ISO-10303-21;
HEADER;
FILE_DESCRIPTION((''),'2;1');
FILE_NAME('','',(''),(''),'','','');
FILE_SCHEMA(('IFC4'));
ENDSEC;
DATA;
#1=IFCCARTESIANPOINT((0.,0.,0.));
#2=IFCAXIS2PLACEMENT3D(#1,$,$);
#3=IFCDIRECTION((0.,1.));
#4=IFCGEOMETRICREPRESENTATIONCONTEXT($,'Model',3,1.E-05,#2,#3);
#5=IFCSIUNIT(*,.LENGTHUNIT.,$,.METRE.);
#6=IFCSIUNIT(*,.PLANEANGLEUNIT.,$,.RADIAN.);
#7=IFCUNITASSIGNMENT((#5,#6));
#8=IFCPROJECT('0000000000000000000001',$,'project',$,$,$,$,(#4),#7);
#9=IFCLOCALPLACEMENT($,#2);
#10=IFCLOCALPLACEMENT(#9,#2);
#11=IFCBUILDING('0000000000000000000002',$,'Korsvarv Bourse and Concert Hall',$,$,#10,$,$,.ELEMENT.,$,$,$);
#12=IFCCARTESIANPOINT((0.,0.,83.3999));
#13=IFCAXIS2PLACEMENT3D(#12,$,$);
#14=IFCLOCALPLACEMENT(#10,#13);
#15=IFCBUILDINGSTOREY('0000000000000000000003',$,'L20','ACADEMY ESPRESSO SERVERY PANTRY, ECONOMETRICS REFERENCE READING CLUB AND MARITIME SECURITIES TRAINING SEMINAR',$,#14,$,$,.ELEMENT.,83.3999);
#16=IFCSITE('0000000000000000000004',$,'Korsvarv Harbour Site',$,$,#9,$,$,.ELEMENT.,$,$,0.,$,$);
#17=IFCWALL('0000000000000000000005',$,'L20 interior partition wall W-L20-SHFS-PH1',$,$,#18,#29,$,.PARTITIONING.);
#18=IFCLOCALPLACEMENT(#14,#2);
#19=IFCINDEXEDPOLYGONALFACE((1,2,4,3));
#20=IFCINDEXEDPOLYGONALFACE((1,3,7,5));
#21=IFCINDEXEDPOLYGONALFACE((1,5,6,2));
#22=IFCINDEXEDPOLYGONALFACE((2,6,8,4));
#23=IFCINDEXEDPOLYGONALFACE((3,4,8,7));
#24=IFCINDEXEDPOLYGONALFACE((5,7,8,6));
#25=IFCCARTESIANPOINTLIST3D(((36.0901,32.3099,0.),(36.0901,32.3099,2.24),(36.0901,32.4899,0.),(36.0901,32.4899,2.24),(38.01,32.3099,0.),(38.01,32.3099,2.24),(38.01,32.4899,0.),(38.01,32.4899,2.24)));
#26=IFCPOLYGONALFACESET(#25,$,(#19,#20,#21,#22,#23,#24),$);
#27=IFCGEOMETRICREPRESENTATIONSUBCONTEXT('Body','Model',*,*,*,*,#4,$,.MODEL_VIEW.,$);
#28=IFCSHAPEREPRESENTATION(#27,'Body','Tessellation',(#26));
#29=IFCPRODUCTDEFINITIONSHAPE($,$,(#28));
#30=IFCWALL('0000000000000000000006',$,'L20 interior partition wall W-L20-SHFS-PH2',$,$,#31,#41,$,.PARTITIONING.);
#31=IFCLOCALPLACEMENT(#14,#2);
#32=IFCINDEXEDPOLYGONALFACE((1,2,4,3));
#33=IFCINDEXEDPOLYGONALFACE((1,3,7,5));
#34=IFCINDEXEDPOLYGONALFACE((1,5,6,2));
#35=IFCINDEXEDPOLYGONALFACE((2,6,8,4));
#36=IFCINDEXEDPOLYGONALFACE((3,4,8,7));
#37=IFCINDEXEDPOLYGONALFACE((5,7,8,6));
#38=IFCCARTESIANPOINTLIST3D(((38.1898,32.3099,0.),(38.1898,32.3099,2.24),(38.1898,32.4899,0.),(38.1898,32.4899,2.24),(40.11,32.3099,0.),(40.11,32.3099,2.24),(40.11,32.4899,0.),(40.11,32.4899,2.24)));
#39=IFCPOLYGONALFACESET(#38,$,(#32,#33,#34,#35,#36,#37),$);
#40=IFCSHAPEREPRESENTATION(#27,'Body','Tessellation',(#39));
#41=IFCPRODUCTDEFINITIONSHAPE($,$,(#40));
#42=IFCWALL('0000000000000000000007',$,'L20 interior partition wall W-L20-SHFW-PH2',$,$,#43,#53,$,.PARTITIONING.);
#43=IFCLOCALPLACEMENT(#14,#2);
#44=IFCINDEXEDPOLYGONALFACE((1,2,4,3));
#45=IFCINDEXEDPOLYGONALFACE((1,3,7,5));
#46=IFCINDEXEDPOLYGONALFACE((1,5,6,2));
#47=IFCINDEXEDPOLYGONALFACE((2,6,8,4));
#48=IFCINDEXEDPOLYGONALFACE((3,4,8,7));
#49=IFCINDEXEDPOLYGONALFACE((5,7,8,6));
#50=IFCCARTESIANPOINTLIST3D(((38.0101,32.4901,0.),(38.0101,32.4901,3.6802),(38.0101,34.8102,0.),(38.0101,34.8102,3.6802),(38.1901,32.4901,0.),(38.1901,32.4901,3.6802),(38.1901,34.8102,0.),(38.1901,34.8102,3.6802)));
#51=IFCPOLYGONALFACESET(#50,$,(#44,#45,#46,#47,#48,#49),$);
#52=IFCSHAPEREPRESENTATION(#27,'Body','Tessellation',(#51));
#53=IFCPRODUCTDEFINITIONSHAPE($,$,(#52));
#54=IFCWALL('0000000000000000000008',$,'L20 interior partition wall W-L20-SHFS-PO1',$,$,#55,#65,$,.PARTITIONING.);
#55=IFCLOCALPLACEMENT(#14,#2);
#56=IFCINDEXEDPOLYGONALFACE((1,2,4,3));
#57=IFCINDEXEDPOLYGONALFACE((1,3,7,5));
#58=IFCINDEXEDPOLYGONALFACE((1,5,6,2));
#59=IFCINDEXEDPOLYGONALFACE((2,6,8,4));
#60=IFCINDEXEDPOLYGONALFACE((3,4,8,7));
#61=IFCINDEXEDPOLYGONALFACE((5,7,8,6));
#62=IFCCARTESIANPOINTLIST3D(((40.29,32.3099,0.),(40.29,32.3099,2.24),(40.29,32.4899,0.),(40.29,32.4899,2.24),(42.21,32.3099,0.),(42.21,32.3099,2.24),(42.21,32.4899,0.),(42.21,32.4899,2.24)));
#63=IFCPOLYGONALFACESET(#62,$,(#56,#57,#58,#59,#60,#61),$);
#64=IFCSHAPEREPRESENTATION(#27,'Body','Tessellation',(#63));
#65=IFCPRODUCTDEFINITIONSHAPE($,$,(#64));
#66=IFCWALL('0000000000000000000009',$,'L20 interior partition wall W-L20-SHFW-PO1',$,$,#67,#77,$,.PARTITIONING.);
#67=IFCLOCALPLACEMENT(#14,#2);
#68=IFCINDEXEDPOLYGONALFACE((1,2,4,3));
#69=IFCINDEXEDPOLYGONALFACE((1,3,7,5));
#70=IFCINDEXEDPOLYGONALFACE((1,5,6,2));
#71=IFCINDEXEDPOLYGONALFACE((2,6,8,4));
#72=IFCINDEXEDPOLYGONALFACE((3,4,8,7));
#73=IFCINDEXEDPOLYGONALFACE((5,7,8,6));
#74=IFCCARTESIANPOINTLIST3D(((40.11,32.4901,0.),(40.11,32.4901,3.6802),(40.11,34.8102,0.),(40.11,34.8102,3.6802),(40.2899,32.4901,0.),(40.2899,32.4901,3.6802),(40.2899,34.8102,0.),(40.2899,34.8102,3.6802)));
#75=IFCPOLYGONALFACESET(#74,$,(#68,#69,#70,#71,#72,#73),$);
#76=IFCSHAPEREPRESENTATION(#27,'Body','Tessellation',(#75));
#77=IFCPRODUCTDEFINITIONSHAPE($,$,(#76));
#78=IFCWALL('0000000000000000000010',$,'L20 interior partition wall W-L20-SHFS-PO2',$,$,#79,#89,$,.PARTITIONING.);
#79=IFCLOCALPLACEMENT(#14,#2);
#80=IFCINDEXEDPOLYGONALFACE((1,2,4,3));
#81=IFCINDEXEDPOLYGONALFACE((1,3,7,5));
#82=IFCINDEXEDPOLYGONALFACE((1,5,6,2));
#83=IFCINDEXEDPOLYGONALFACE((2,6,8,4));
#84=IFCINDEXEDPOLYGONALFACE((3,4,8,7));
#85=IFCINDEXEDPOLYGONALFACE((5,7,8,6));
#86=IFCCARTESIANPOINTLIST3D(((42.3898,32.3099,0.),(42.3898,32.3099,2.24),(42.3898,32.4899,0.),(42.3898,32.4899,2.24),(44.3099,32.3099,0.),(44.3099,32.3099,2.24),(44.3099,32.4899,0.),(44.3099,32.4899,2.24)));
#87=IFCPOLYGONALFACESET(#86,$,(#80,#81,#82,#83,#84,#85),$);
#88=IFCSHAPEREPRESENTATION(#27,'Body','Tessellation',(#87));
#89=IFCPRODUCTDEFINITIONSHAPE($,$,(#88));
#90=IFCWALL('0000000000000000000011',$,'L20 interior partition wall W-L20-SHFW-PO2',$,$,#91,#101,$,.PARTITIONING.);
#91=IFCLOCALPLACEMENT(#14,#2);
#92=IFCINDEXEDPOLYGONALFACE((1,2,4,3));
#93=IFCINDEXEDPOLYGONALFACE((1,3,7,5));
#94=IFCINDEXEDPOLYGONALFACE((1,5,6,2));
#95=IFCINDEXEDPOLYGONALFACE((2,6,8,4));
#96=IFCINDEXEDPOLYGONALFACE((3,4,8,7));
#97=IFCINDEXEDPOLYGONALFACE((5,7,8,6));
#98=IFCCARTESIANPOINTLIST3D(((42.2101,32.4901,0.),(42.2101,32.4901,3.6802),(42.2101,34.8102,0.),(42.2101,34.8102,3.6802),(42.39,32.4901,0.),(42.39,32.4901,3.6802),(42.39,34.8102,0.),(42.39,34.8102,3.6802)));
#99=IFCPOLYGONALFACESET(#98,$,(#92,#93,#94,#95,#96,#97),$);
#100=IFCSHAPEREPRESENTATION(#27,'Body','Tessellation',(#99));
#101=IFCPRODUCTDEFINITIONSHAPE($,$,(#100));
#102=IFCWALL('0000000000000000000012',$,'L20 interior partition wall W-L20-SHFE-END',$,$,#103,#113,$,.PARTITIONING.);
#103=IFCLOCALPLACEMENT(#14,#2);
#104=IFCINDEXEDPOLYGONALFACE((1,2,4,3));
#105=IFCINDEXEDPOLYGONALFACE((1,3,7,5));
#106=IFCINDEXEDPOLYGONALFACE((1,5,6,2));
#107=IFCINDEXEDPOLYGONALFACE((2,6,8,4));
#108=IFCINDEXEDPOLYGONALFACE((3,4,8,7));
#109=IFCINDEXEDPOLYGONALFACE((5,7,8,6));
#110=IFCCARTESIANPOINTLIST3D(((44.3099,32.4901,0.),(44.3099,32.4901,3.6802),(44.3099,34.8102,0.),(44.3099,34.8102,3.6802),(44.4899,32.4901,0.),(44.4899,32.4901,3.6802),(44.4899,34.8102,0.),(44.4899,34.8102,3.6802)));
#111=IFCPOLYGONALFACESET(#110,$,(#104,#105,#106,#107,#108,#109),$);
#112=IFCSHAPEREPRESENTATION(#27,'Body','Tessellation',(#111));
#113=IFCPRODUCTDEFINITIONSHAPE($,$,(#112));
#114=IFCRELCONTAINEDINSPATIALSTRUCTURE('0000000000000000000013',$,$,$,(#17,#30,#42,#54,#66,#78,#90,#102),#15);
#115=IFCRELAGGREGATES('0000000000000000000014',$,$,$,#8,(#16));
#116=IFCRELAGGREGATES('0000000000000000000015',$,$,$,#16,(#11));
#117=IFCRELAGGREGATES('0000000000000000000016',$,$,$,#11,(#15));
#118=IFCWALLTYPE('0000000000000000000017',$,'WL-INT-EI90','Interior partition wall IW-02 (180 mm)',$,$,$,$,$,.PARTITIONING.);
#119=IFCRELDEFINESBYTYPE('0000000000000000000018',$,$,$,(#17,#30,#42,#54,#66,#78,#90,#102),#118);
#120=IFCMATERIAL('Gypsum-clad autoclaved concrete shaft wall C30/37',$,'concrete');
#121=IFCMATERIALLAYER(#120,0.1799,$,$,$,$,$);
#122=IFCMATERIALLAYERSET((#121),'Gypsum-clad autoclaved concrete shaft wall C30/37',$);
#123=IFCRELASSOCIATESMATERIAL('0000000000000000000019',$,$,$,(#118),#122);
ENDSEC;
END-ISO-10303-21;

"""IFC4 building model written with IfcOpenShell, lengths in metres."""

from ifc_helpers import new_model, si_unit, direction, frame, frame_2d, origin, place, context, subcontext, project, spatial, rectangle, extrude, material, layer, layer_set, type_object, element, save


model = new_model("IFC4")

# Units and contexts
model_context = context("Model", 3, precision=1e-05, world=origin(), true_north=direction((0.0, 1.0)))
body_context = subcontext(model_context, "Body", "Model", "MODEL_VIEW")
ifc_project = project(units=[si_unit("LENGTHUNIT", "METRE"), si_unit("PLANEANGLEUNIT", "RADIAN")], contexts=[model_context])

# Site, building, storey
site_placement = place(None, origin())
site = spatial("IfcSite", under=ifc_project, at=site_placement, Name="Korsvarv Harbour Site", CompositionType="ELEMENT", RefElevation=0.0)
building_placement = place(site_placement, origin())
building = spatial("IfcBuilding", under=site, at=building_placement, Name="Korsvarv Bourse and Concert Hall", CompositionType="ELEMENT")
storey_placement = place(building_placement, frame((0.0, 0.0, 83.3999)))
storey = spatial("IfcBuildingStorey", under=building, at=storey_placement, Name="L20", Description="ACADEMY ESPRESSO SERVERY PANTRY, ECONOMETRICS REFERENCE READING CLUB AND MARITIME SECURITIES TRAINING SEMINAR", CompositionType="ELEMENT", Elevation=83.3999)

# Walls
ifc_material_1 = material(Name="Gypsum-clad autoclaved concrete shaft wall C30/37", Category="concrete")
ifc_layer_1 = layer(ifc_material_1, 0.1799)
ifc_layer_set_1 = layer_set([ifc_layer_1], Name="Gypsum-clad autoclaved concrete shaft wall C30/37")
wall_type_1 = type_object("IfcWallType", Name="WL-INT-EI90", Description="Interior partition wall IW-02 (180 mm)", PredefinedType="PARTITIONING", material=ifc_layer_set_1)
wall_1_placement = place(storey_placement, frame((36.0901, 32.3999, 0.0), z_axis=(0.0, 0.0, 1.0), x_axis=(1.0, 0.0, 0.0)))
element("IfcWall", 1, at=wall_1_placement, inside=storey, type_object=wall_type_1, Name="L20 interior partition wall W-L20-SHFS-PH1", PredefinedType="PARTITIONING", context=body_context, shape_type="SweptSolid", body=[
    extrude(rectangle(XDim=1.9199, YDim=0.1799, at=frame_2d((0.96, 0.0))), origin(), (0.0, 0.0, 1.0), 2.24),
])
wall_2_placement = place(storey_placement, frame((38.1899, 32.3999, 0.0), z_axis=(0.0, 0.0, 1.0), x_axis=(1.0, 0.0, 0.0)))
element("IfcWall", 2, at=wall_2_placement, inside=storey, type_object=wall_type_1, Name="L20 interior partition wall W-L20-SHFS-PH2", PredefinedType="PARTITIONING", context=body_context, shape_type="SweptSolid", body=[
    extrude(rectangle(XDim=1.9202, YDim=0.1799, at=frame_2d((0.96, 0.0))), origin(), (0.0, 0.0, 1.0), 2.24),
])
wall_3_placement = place(storey_placement, frame((38.1001, 32.49, 0.0), z_axis=(0.0, 0.0, 1.0), x_axis=(0.0, 1.0, 0.0)))
element("IfcWall", 3, at=wall_3_placement, inside=storey, type_object=wall_type_1, Name="L20 interior partition wall W-L20-SHFW-PH2", PredefinedType="PARTITIONING", context=body_context, shape_type="SweptSolid", body=[
    extrude(rectangle(XDim=2.3201, YDim=0.1799, at=frame_2d((1.1602, 0.0))), origin(), (0.0, 0.0, 1.0), 3.6802),
])
wall_4_placement = place(storey_placement, frame((40.29, 32.3999, 0.0), z_axis=(0.0, 0.0, 1.0), x_axis=(1.0, 0.0, 0.0)))
element("IfcWall", 4, at=wall_4_placement, inside=storey, type_object=wall_type_1, Name="L20 interior partition wall W-L20-SHFS-PO1", PredefinedType="PARTITIONING", context=body_context, shape_type="SweptSolid", body=[
    extrude(rectangle(XDim=1.9199, YDim=0.1799, at=frame_2d((0.96, 0.0))), origin(), (0.0, 0.0, 1.0), 2.24),
])
wall_5_placement = place(storey_placement, frame((40.2, 32.49, 0.0), z_axis=(0.0, 0.0, 1.0), x_axis=(0.0, 1.0, 0.0)))
element("IfcWall", 5, at=wall_5_placement, inside=storey, type_object=wall_type_1, Name="L20 interior partition wall W-L20-SHFW-PO1", PredefinedType="PARTITIONING", context=body_context, shape_type="SweptSolid", body=[
    extrude(rectangle(XDim=2.3201, YDim=0.1799, at=frame_2d((1.1602, 0.0))), origin(), (0.0, 0.0, 1.0), 3.6802),
])
wall_6_placement = place(storey_placement, frame((42.3899, 32.3999, 0.0), z_axis=(0.0, 0.0, 1.0), x_axis=(1.0, 0.0, 0.0)))
element("IfcWall", 6, at=wall_6_placement, inside=storey, type_object=wall_type_1, Name="L20 interior partition wall W-L20-SHFS-PO2", PredefinedType="PARTITIONING", context=body_context, shape_type="SweptSolid", body=[
    extrude(rectangle(XDim=1.9202, YDim=0.1799, at=frame_2d((0.96, 0.0))), origin(), (0.0, 0.0, 1.0), 2.24),
])
for number, where, z_axis, x_axis, name in (
    (7, (42.3, 32.49, 0.0), (0.0, 0.0, 1.0), (0.0, 1.0, 0.0), "L20 interior partition wall W-L20-SHFW-PO2"),
    (8, (44.3999, 32.49, 0.0), (0.0, 0.0, 1.0), (0.0, 1.0, 0.0), "L20 interior partition wall W-L20-SHFE-END"),
):
    element("IfcWall", number, at=place(storey_placement, frame(where, z_axis=z_axis, x_axis=x_axis)), inside=storey, type_object=wall_type_1, Name=name, PredefinedType="PARTITIONING", context=body_context, shape_type="SweptSolid", body=[
        extrude(rectangle(XDim=2.3201, YDim=0.1799, at=frame_2d((1.1602, 0.0))), origin(), (0.0, 0.0, 1.0), 3.6802),
    ])

save(model, "model.ifc")
